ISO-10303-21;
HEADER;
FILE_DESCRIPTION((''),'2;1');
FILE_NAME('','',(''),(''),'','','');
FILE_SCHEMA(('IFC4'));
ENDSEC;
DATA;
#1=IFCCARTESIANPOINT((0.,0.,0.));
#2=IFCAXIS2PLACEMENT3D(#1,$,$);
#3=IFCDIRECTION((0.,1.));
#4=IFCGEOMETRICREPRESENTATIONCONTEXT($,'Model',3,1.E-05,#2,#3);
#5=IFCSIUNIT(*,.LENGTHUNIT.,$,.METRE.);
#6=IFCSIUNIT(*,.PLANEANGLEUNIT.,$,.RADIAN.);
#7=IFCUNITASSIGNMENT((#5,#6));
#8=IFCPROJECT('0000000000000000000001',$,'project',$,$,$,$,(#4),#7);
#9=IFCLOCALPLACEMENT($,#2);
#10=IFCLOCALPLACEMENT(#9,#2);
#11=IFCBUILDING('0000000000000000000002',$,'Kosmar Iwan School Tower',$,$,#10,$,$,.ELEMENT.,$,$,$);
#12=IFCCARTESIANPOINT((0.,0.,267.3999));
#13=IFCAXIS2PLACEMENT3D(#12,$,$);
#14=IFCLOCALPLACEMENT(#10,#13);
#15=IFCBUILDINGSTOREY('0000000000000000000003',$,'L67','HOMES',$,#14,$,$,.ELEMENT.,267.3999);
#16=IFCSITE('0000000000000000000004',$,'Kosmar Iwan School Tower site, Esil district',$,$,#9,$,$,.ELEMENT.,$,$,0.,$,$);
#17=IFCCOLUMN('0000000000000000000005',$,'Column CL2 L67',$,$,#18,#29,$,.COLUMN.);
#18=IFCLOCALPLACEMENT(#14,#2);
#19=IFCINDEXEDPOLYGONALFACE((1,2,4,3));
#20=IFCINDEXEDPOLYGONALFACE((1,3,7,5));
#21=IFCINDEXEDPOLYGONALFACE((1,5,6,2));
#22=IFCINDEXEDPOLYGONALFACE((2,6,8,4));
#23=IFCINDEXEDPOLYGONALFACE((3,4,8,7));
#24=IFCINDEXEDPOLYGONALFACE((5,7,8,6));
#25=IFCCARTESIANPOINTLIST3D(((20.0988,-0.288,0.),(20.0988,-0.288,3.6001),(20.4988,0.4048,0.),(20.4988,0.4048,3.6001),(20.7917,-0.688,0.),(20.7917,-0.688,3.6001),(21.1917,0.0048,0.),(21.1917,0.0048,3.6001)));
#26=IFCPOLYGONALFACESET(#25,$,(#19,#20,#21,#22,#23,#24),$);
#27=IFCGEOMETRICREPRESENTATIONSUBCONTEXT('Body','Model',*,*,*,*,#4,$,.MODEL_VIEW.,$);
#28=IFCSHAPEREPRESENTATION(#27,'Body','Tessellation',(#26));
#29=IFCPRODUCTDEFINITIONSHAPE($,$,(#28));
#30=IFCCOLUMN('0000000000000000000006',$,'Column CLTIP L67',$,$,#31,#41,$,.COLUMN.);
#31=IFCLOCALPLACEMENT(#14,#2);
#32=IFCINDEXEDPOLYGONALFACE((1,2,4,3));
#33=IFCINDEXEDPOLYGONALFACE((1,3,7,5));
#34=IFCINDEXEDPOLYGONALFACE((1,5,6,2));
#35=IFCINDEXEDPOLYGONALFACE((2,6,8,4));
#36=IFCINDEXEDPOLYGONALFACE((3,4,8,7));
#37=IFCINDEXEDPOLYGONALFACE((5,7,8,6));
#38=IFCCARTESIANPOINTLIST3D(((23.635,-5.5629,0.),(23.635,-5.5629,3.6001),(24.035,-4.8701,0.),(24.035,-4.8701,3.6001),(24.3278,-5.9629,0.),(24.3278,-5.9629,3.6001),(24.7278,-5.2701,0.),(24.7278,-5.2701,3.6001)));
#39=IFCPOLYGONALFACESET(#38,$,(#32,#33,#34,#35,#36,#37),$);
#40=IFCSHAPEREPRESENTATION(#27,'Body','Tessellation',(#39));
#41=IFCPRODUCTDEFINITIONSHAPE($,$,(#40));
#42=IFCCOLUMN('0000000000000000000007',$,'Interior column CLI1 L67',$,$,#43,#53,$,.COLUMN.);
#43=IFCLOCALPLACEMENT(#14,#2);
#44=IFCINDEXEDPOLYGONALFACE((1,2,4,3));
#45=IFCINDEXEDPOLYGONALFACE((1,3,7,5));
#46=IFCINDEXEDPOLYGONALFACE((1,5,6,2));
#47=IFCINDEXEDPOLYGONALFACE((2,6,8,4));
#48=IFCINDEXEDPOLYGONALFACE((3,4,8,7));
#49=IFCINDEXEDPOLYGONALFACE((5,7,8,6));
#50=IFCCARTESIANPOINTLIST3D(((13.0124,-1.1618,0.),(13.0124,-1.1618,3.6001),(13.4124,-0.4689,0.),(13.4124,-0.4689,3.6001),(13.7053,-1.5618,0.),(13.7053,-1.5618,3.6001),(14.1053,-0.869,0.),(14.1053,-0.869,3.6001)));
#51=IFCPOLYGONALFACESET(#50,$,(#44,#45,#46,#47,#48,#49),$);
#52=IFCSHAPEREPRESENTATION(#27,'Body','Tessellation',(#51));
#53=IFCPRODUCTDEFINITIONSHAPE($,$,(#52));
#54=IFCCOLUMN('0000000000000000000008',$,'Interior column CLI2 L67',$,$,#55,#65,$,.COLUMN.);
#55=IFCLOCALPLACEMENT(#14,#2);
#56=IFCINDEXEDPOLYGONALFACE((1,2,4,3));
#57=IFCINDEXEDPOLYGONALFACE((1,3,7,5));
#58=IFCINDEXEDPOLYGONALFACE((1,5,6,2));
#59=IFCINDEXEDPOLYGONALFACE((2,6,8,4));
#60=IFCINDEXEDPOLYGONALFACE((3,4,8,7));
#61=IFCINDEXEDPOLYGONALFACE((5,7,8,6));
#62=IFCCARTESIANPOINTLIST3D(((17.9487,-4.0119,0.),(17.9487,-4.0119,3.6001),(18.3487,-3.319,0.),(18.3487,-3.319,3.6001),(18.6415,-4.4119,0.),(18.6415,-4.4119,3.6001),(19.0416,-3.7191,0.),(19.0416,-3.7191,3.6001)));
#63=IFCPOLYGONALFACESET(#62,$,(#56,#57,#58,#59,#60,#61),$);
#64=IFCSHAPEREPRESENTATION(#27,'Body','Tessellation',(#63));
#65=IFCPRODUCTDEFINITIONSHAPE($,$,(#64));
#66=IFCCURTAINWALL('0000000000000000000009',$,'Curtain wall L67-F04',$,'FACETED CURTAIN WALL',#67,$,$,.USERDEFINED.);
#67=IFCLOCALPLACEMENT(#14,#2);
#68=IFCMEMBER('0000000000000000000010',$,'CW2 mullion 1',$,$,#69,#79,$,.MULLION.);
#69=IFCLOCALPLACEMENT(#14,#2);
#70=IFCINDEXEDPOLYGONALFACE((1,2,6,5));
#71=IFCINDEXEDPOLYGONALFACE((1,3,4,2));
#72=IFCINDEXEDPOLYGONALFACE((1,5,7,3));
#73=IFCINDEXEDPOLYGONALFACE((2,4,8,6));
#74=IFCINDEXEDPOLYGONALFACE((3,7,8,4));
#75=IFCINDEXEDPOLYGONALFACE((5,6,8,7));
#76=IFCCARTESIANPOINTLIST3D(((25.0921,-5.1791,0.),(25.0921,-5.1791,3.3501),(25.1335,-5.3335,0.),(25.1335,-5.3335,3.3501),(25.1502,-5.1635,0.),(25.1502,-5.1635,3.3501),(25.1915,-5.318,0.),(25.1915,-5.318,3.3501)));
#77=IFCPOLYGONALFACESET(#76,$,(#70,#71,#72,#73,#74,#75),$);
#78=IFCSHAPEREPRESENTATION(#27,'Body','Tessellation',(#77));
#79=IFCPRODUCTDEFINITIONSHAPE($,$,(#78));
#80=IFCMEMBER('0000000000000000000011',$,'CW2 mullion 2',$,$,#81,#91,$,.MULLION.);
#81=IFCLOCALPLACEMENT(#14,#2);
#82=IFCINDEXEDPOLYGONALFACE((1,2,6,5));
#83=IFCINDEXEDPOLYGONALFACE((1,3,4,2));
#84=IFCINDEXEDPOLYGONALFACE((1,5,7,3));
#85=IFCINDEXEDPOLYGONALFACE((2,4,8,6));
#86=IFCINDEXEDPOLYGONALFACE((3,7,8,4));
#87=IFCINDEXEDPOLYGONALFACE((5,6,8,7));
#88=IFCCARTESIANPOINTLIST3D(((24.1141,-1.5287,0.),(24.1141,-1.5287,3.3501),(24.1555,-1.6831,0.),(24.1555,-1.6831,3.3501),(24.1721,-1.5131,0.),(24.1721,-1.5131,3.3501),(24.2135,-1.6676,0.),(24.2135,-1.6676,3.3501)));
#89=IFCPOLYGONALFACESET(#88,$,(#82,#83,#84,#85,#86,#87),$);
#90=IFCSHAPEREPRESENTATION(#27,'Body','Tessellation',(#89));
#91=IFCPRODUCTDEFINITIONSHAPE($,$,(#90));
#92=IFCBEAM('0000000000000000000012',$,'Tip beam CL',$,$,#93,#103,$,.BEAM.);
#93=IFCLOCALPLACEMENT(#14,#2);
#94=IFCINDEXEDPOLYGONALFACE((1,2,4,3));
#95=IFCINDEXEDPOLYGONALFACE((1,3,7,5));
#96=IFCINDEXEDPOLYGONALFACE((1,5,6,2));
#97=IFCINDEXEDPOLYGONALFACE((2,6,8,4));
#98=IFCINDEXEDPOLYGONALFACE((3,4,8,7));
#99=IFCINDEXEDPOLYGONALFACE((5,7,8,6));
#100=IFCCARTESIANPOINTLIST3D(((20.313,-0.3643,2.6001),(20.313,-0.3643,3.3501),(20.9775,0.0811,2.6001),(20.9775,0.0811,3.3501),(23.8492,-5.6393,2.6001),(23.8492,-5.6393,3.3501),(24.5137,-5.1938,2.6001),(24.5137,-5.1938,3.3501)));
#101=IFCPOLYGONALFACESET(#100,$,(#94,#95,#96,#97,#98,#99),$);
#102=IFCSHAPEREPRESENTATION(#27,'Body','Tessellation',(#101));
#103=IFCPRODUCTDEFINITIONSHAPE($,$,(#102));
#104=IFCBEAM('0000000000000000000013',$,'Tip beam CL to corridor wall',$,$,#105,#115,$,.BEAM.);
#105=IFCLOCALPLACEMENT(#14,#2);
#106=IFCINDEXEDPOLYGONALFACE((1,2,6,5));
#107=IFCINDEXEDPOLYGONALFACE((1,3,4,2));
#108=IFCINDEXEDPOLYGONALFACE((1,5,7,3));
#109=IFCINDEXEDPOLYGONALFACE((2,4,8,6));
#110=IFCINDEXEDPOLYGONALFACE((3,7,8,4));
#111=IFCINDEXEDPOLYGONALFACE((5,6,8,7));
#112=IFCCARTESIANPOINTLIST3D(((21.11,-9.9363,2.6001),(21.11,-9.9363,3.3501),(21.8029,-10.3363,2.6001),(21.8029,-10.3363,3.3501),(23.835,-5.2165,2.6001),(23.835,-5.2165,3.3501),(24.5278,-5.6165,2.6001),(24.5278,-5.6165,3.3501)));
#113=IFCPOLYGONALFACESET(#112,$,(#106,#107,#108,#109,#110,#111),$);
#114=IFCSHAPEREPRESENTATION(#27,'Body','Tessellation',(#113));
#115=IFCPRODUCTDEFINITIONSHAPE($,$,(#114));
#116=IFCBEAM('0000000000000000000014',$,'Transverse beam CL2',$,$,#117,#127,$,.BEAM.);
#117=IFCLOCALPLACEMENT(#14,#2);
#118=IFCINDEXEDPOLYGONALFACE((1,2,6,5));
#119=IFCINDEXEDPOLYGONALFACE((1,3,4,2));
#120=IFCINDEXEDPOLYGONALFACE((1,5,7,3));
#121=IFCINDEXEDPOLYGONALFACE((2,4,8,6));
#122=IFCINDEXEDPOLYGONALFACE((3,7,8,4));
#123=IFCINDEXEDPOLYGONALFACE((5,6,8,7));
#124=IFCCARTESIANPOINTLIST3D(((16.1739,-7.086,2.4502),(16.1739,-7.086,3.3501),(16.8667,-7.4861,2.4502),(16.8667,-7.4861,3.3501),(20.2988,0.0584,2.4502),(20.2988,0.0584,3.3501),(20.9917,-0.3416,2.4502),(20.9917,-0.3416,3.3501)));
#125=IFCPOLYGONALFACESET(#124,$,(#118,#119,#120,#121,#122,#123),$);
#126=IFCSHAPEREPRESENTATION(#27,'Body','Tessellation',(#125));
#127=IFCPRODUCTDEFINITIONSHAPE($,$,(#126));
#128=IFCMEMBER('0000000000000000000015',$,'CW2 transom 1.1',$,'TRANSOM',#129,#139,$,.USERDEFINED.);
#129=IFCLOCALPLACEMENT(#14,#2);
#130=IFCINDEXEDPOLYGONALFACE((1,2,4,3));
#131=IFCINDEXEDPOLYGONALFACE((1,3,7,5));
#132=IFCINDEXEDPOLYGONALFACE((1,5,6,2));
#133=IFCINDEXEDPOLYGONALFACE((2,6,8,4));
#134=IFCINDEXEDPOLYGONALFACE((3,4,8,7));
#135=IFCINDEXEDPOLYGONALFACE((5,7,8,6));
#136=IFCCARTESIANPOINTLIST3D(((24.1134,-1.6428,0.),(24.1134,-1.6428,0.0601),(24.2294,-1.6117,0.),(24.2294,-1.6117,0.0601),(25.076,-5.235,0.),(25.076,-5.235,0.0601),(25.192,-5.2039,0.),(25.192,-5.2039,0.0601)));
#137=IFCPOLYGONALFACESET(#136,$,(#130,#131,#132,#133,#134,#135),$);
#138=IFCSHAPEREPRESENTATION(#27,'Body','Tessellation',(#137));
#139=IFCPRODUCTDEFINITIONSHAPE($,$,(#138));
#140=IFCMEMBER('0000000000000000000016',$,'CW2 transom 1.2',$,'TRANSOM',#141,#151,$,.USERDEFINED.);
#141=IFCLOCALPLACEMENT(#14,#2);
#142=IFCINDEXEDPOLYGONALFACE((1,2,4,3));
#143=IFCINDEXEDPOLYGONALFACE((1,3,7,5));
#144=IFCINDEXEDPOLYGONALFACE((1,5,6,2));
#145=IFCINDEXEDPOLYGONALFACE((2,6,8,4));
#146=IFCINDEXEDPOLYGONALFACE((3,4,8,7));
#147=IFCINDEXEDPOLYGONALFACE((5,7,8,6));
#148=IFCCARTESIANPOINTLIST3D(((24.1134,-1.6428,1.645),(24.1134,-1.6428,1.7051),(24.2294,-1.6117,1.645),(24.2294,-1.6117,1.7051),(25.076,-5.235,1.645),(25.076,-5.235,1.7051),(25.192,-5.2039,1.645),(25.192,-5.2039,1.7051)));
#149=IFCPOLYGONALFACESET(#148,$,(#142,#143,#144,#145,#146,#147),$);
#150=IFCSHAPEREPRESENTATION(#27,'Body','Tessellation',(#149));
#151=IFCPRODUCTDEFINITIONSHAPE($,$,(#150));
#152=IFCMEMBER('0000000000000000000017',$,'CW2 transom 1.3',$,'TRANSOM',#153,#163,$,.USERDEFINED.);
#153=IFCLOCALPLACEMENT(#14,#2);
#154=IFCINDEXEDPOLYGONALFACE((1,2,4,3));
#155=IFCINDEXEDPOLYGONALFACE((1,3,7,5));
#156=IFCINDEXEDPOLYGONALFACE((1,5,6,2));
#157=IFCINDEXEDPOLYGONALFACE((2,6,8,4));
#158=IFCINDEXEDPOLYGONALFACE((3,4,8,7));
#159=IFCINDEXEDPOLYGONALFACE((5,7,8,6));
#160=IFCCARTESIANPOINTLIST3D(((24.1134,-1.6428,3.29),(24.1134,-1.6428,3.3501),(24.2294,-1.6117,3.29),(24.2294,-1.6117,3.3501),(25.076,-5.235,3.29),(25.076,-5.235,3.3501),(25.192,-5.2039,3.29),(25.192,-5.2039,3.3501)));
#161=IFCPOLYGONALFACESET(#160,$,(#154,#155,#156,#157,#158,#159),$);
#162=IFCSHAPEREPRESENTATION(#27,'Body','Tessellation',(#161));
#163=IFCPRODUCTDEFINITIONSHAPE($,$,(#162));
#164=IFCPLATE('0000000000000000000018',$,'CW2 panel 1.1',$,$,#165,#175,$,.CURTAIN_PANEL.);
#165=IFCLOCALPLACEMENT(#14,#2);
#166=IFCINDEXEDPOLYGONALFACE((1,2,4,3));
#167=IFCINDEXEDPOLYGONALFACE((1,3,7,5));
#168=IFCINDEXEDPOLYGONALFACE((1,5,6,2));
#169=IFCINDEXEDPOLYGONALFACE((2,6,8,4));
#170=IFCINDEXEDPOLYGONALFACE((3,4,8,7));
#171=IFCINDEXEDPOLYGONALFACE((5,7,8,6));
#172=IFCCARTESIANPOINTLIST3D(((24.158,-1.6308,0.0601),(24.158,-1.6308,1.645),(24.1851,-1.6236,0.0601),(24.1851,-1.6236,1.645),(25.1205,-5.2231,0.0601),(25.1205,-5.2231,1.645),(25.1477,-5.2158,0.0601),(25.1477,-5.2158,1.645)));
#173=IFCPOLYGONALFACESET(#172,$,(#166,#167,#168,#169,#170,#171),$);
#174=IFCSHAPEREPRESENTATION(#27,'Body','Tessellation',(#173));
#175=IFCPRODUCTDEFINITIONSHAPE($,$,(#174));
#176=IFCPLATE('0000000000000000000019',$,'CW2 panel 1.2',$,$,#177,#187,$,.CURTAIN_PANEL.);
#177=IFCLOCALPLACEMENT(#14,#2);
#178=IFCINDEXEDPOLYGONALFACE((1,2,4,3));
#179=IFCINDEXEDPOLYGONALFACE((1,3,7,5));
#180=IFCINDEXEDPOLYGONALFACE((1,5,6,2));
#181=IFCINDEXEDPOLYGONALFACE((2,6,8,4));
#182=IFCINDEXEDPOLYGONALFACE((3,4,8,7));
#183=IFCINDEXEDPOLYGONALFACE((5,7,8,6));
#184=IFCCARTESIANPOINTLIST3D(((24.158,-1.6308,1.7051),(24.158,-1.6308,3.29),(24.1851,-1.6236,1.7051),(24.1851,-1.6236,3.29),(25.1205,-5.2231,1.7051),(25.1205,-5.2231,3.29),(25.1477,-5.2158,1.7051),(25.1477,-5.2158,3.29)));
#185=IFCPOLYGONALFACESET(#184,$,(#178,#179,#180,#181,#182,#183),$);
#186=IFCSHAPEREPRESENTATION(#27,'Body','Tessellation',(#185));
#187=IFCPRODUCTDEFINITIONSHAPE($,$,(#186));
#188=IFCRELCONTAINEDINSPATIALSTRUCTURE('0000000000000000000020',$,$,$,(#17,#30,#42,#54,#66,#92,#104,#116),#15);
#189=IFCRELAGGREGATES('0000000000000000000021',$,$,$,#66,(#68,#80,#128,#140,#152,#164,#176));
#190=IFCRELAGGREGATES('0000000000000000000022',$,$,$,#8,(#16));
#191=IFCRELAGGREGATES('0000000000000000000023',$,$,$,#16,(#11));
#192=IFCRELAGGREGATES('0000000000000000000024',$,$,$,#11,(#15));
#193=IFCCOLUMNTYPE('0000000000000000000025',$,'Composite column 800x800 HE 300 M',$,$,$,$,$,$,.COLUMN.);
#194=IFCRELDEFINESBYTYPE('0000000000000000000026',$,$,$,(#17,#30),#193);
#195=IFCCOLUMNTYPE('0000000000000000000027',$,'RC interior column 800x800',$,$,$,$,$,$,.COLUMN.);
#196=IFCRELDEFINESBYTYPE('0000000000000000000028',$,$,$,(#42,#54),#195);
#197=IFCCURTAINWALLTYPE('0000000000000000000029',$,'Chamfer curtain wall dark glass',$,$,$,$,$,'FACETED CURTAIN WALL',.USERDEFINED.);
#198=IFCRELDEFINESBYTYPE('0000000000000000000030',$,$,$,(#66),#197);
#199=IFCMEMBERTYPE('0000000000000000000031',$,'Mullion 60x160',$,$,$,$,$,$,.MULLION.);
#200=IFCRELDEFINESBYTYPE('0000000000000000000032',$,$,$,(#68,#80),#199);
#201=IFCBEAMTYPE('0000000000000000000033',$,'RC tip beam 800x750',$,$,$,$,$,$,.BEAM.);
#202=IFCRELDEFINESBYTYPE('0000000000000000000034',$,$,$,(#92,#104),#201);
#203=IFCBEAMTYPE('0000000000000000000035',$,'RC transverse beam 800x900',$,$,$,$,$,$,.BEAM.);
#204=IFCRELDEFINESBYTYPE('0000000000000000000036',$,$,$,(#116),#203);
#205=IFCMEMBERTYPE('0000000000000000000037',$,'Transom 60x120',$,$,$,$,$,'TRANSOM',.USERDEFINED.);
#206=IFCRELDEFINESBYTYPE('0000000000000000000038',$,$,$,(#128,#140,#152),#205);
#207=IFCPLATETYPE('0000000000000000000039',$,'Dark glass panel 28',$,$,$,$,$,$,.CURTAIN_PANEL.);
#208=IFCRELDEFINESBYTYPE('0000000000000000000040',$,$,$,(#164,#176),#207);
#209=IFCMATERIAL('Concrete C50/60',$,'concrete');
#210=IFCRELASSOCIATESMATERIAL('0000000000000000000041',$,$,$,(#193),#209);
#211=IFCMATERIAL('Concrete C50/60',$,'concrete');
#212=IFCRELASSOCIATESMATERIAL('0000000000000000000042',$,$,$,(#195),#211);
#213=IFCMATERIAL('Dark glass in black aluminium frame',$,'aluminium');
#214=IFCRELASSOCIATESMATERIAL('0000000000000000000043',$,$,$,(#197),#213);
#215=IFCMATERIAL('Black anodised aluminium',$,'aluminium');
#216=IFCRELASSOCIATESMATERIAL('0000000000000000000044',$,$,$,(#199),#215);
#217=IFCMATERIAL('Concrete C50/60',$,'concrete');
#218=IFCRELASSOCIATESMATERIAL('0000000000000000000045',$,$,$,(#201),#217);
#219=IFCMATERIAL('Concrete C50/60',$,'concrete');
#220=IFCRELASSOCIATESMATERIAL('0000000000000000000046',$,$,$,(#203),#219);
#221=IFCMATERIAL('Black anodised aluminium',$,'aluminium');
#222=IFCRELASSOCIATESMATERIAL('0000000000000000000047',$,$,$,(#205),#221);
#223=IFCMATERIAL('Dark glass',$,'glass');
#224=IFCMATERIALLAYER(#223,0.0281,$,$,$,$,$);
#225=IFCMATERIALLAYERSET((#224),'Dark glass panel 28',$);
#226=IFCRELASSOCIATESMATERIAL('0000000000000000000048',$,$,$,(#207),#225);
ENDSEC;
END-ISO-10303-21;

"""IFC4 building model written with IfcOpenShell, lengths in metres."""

from ifc_helpers import new_model, si_unit, direction, frame, origin, origin_2d, place, context, subcontext, project, spatial, rectangle, extrude, material, layer, layer_set, material_profile, profile_set, type_object, element, aggregate, save


model = new_model("IFC4")

# Units and contexts
model_context = context("Model", 3, precision=1e-05, world=origin(), true_north=direction((0.0, 1.0)))
body_context = subcontext(model_context, "Body", "Model", "MODEL_VIEW")
ifc_project = project(units=[si_unit("LENGTHUNIT", "METRE"), si_unit("PLANEANGLEUNIT", "RADIAN")], contexts=[model_context])

# Site, building, storey
site_placement = place(None, origin())
site = spatial("IfcSite", under=ifc_project, at=site_placement, Name="Kosmar Iwan School Tower site, Esil district", CompositionType="ELEMENT", RefElevation=0.0)
building_placement = place(site_placement, origin())
building = spatial("IfcBuilding", under=site, at=building_placement, Name="Kosmar Iwan School Tower", CompositionType="ELEMENT")
storey_placement = place(building_placement, frame((0.0, 0.0, 267.3999)))
storey = spatial("IfcBuildingStorey", under=building, at=storey_placement, Name="L67", Description="HOMES", CompositionType="ELEMENT", Elevation=267.3999)

# Columns
ifc_material_1 = material(Name="Concrete C50/60", Category="concrete")
ifc_material_profile_1 = material_profile(ifc_material_1, rectangle(XDim=0.8, YDim=0.8, at=origin_2d()), Name="RC 800x800 + HE 300 M")
ifc_profile_set_1 = profile_set([ifc_material_profile_1], Name="Concrete C50/60")
column_type_1 = type_object("IfcColumnType", Name="Composite column 800x800 HE 300 M", PredefinedType="COLUMN", material=ifc_profile_set_1)
for number, where, z_axis, x_axis, name in (
    (1, (20.6453, -0.1416, 0.0), (0.0, 0.0, 1.0), (0.866025, -0.5, 0.0), "Column CL2 L67"),
    (2, (24.1814, -5.4165, 0.0), (0.0, 0.0, 1.0), (0.866025, -0.5, 0.0), "Column CLTIP L67"),
):
    element("IfcColumn", number, at=place(storey_placement, frame(where, z_axis=z_axis, x_axis=x_axis)), inside=storey, type_object=column_type_1, Name=name, PredefinedType="COLUMN", context=body_context, shape_type="SweptSolid", body=[
        extrude(rectangle(XDim=0.8, YDim=0.8, at=origin_2d()), origin(), (0.0, 0.0, 1.0), 3.6001),
    ])
ifc_material_2 = material(Name="Concrete C50/60", Category="concrete")
ifc_material_profile_2 = material_profile(ifc_material_2, rectangle(XDim=0.8, YDim=0.8, at=origin_2d()), Name="RC 800x800")
ifc_profile_set_2 = profile_set([ifc_material_profile_2], Name="Concrete C50/60")
column_type_2 = type_object("IfcColumnType", Name="RC interior column 800x800", PredefinedType="COLUMN", material=ifc_profile_set_2)
for number, where, z_axis, x_axis, name in (
    (3, (13.5588, -1.0154, 0.0), (0.0, 0.0, 1.0), (0.866025, -0.5, 0.0), "Interior column CLI1 L67"),
    (4, (18.4951, -3.8655, 0.0), (0.0, 0.0, 1.0), (0.866025, -0.5, 0.0), "Interior column CLI2 L67"),
):
    element("IfcColumn", number, at=place(storey_placement, frame(where, z_axis=z_axis, x_axis=x_axis)), inside=storey, type_object=column_type_2, Name=name, PredefinedType="COLUMN", context=body_context, shape_type="SweptSolid", body=[
        extrude(rectangle(XDim=0.8, YDim=0.8, at=origin_2d()), origin(), (0.0, 0.0, 1.0), 3.6001),
    ])

# Curtain wall, members
ifc_material_3 = material(Name="Dark glass in black aluminium frame", Category="aluminium")
curtain_wall_type = type_object("IfcCurtainWallType", Name="Chamfer curtain wall dark glass", ElementType="FACETED CURTAIN WALL", PredefinedType="USERDEFINED", material=ifc_material_3)
curtain_wall_placement = place(storey_placement, origin())
curtain_wall = element("IfcCurtainWall", 5, at=curtain_wall_placement, inside=storey, type_object=curtain_wall_type, Name="Curtain wall L67-F04", ObjectType="FACETED CURTAIN WALL", PredefinedType="USERDEFINED")
ifc_material_4 = material(Name="Black anodised aluminium", Category="aluminium")
ifc_material_profile_3 = material_profile(ifc_material_4, rectangle(XDim=0.0601, YDim=0.1599, at=origin_2d()), Name="MULLION 60x160")
ifc_profile_set_3 = profile_set([ifc_material_profile_3], Name="Black anodised aluminium")
member_type_1 = type_object("IfcMemberType", Name="Mullion 60x160", PredefinedType="MULLION", material=ifc_profile_set_3)
member_1_placement = place(storey_placement, frame((25.1418, -5.2485, 0.0), z_axis=(0.0, 0.0, 1.0), x_axis=(-0.965926, -0.258819, 0.0)))
member_1 = element("IfcMember", 6, at=member_1_placement, type_object=member_type_1, Name="CW2 mullion 1", PredefinedType="MULLION", context=body_context, shape_type="SweptSolid", body=[
    extrude(rectangle(XDim=0.0601, YDim=0.1599, at=origin_2d()), origin(), (0.0, 0.0, 1.0), 3.3501),
])
member_2_placement = place(storey_placement, frame((24.1638, -1.5981, 0.0), z_axis=(0.0, 0.0, 1.0), x_axis=(-0.965926, -0.258819, 0.0)))
member_2 = element("IfcMember", 7, at=member_2_placement, type_object=member_type_1, Name="CW2 mullion 2", PredefinedType="MULLION", context=body_context, shape_type="SweptSolid", body=[
    extrude(rectangle(XDim=0.0601, YDim=0.1599, at=origin_2d()), origin(), (0.0, 0.0, 1.0), 3.3501),
])

# Beams
ifc_material_5 = material(Name="Concrete C50/60", Category="concrete")
ifc_material_profile_4 = material_profile(ifc_material_5, rectangle(XDim=0.8, YDim=0.75, at=origin_2d()), Name="RC 800x750")
ifc_profile_set_4 = profile_set([ifc_material_profile_4], Name="Concrete C50/60")
beam_type_1 = type_object("IfcBeamType", Name="RC tip beam 800x750", PredefinedType="BEAM", material=ifc_profile_set_4)
beam_1_placement = place(storey_placement, frame((20.6453, -0.1416, 2.9751), z_axis=(0.556828, -0.830628, 0.0), x_axis=(0.830628, 0.556828, 0.0)))
element("IfcBeam", 8, at=beam_1_placement, inside=storey, type_object=beam_type_1, Name="Tip beam CL", PredefinedType="BEAM", context=body_context, shape_type="SweptSolid", body=[
    extrude(rectangle(XDim=0.8, YDim=0.75, at=origin_2d()), origin(), (0.0, 0.0, 1.0), 6.3506),
])
beam_2_placement = place(storey_placement, frame((24.1814, -5.4165, 2.9751), z_axis=(-0.499989, -0.866032, 0.0), x_axis=(0.866032, -0.499989, 0.0)))
element("IfcBeam", 9, at=beam_2_placement, inside=storey, type_object=beam_type_1, Name="Tip beam CL to corridor wall", PredefinedType="BEAM", context=body_context, shape_type="SweptSolid", body=[
    extrude(rectangle(XDim=0.8, YDim=0.75, at=origin_2d()), origin(), (0.0, 0.0, 1.0), 5.45),
])
ifc_material_6 = material(Name="Concrete C50/60", Category="concrete")
ifc_material_profile_5 = material_profile(ifc_material_6, rectangle(XDim=0.8, YDim=0.8999, at=origin_2d()), Name="RC 800x900")
ifc_profile_set_5 = profile_set([ifc_material_profile_5], Name="Concrete C50/60")
beam_type_2 = type_object("IfcBeamType", Name="RC transverse beam 800x900", PredefinedType="BEAM", material=ifc_profile_set_5)
beam_3_placement = place(storey_placement, frame((20.6453, -0.1416, 2.9001), z_axis=(-0.500009, -0.86602, 0.0), x_axis=(0.86602, -0.500009, 0.0)))
element("IfcBeam", 10, at=beam_3_placement, inside=storey, type_object=beam_type_2, Name="Transverse beam CL2", PredefinedType="BEAM", context=body_context, shape_type="SweptSolid", body=[
    extrude(rectangle(XDim=0.8, YDim=0.8999, at=origin_2d()), origin(), (0.0, 0.0, 1.0), 8.2498),
])

# Members
ifc_material_7 = material(Name="Black anodised aluminium", Category="aluminium")
ifc_material_profile_6 = material_profile(ifc_material_7, rectangle(XDim=0.1201, YDim=0.0601, at=origin_2d()), Name="TRANSOM 60x120")
ifc_profile_set_6 = profile_set([ifc_material_profile_6], Name="Black anodised aluminium")
member_type_2 = type_object("IfcMemberType", Name="Transom 60x120", ElementType="TRANSOM", PredefinedType="USERDEFINED", material=ifc_profile_set_6)
member_3_placement = place(storey_placement, frame((25.134, -5.2195, 0.03), z_axis=(-0.258843, 0.965919, 0.0), x_axis=(-0.965919, -0.258843, 0.0)))
member_3 = element("IfcMember", 11, at=member_3_placement, type_object=member_type_2, Name="CW2 transom 1.1", ObjectType="TRANSOM", PredefinedType="USERDEFINED", context=body_context, shape_type="SweptSolid", body=[
    extrude(rectangle(XDim=0.1201, YDim=0.0601, at=origin_2d()), origin(), (0.0, 0.0, 1.0), 3.719),
])
member_4_placement = place(storey_placement, frame((25.134, -5.2195, 1.675), z_axis=(-0.258843, 0.965919, 0.0), x_axis=(-0.965919, -0.258843, 0.0)))
member_4 = element("IfcMember", 12, at=member_4_placement, type_object=member_type_2, Name="CW2 transom 1.2", ObjectType="TRANSOM", PredefinedType="USERDEFINED", context=body_context, shape_type="SweptSolid", body=[
    extrude(rectangle(XDim=0.1201, YDim=0.0601, at=origin_2d()), origin(), (0.0, 0.0, 1.0), 3.719),
])
member_5_placement = place(storey_placement, frame((25.134, -5.2195, 3.3201), z_axis=(-0.258843, 0.965919, 0.0), x_axis=(-0.965919, -0.258843, 0.0)))
member_5 = element("IfcMember", 13, at=member_5_placement, type_object=member_type_2, Name="CW2 transom 1.3", ObjectType="TRANSOM", PredefinedType="USERDEFINED", context=body_context, shape_type="SweptSolid", body=[
    extrude(rectangle(XDim=0.1201, YDim=0.0601, at=origin_2d()), origin(), (0.0, 0.0, 1.0), 3.719),
])

# Plates
ifc_material_8 = material(Name="Dark glass", Category="glass")
ifc_layer_1 = layer(ifc_material_8, 0.0281)
ifc_layer_set_1 = layer_set([ifc_layer_1], Name="Dark glass panel 28")
plate_type = type_object("IfcPlateType", Name="Dark glass panel 28", PredefinedType="CURTAIN_PANEL", material=ifc_layer_set_1)
plate_1_placement = place(storey_placement, frame((24.6528, -3.4233, 0.0601), z_axis=(0.0, 0.0, 1.0), x_axis=(-0.258819, 0.965926, 0.0)))
plate_1 = element("IfcPlate", 14, at=plate_1_placement, type_object=plate_type, Name="CW2 panel 1.1", PredefinedType="CURTAIN_PANEL", context=body_context, shape_type="SweptSolid", body=[
    extrude(rectangle(XDim=3.719, YDim=0.0281, at=origin_2d()), origin(), (0.0, 0.0, 1.0), 1.585),
])
plate_2_placement = place(storey_placement, frame((24.6528, -3.4233, 1.7051), z_axis=(0.0, 0.0, 1.0), x_axis=(-0.258819, 0.965926, 0.0)))
plate_2 = element("IfcPlate", 15, at=plate_2_placement, type_object=plate_type, Name="CW2 panel 1.2", PredefinedType="CURTAIN_PANEL", context=body_context, shape_type="SweptSolid", body=[
    extrude(rectangle(XDim=3.719, YDim=0.0281, at=origin_2d()), origin(), (0.0, 0.0, 1.0), 1.585),
])
aggregate(curtain_wall, [member_1, member_2, member_3, member_4, member_5, plate_1, plate_2])

save(model, "model.ifc")
